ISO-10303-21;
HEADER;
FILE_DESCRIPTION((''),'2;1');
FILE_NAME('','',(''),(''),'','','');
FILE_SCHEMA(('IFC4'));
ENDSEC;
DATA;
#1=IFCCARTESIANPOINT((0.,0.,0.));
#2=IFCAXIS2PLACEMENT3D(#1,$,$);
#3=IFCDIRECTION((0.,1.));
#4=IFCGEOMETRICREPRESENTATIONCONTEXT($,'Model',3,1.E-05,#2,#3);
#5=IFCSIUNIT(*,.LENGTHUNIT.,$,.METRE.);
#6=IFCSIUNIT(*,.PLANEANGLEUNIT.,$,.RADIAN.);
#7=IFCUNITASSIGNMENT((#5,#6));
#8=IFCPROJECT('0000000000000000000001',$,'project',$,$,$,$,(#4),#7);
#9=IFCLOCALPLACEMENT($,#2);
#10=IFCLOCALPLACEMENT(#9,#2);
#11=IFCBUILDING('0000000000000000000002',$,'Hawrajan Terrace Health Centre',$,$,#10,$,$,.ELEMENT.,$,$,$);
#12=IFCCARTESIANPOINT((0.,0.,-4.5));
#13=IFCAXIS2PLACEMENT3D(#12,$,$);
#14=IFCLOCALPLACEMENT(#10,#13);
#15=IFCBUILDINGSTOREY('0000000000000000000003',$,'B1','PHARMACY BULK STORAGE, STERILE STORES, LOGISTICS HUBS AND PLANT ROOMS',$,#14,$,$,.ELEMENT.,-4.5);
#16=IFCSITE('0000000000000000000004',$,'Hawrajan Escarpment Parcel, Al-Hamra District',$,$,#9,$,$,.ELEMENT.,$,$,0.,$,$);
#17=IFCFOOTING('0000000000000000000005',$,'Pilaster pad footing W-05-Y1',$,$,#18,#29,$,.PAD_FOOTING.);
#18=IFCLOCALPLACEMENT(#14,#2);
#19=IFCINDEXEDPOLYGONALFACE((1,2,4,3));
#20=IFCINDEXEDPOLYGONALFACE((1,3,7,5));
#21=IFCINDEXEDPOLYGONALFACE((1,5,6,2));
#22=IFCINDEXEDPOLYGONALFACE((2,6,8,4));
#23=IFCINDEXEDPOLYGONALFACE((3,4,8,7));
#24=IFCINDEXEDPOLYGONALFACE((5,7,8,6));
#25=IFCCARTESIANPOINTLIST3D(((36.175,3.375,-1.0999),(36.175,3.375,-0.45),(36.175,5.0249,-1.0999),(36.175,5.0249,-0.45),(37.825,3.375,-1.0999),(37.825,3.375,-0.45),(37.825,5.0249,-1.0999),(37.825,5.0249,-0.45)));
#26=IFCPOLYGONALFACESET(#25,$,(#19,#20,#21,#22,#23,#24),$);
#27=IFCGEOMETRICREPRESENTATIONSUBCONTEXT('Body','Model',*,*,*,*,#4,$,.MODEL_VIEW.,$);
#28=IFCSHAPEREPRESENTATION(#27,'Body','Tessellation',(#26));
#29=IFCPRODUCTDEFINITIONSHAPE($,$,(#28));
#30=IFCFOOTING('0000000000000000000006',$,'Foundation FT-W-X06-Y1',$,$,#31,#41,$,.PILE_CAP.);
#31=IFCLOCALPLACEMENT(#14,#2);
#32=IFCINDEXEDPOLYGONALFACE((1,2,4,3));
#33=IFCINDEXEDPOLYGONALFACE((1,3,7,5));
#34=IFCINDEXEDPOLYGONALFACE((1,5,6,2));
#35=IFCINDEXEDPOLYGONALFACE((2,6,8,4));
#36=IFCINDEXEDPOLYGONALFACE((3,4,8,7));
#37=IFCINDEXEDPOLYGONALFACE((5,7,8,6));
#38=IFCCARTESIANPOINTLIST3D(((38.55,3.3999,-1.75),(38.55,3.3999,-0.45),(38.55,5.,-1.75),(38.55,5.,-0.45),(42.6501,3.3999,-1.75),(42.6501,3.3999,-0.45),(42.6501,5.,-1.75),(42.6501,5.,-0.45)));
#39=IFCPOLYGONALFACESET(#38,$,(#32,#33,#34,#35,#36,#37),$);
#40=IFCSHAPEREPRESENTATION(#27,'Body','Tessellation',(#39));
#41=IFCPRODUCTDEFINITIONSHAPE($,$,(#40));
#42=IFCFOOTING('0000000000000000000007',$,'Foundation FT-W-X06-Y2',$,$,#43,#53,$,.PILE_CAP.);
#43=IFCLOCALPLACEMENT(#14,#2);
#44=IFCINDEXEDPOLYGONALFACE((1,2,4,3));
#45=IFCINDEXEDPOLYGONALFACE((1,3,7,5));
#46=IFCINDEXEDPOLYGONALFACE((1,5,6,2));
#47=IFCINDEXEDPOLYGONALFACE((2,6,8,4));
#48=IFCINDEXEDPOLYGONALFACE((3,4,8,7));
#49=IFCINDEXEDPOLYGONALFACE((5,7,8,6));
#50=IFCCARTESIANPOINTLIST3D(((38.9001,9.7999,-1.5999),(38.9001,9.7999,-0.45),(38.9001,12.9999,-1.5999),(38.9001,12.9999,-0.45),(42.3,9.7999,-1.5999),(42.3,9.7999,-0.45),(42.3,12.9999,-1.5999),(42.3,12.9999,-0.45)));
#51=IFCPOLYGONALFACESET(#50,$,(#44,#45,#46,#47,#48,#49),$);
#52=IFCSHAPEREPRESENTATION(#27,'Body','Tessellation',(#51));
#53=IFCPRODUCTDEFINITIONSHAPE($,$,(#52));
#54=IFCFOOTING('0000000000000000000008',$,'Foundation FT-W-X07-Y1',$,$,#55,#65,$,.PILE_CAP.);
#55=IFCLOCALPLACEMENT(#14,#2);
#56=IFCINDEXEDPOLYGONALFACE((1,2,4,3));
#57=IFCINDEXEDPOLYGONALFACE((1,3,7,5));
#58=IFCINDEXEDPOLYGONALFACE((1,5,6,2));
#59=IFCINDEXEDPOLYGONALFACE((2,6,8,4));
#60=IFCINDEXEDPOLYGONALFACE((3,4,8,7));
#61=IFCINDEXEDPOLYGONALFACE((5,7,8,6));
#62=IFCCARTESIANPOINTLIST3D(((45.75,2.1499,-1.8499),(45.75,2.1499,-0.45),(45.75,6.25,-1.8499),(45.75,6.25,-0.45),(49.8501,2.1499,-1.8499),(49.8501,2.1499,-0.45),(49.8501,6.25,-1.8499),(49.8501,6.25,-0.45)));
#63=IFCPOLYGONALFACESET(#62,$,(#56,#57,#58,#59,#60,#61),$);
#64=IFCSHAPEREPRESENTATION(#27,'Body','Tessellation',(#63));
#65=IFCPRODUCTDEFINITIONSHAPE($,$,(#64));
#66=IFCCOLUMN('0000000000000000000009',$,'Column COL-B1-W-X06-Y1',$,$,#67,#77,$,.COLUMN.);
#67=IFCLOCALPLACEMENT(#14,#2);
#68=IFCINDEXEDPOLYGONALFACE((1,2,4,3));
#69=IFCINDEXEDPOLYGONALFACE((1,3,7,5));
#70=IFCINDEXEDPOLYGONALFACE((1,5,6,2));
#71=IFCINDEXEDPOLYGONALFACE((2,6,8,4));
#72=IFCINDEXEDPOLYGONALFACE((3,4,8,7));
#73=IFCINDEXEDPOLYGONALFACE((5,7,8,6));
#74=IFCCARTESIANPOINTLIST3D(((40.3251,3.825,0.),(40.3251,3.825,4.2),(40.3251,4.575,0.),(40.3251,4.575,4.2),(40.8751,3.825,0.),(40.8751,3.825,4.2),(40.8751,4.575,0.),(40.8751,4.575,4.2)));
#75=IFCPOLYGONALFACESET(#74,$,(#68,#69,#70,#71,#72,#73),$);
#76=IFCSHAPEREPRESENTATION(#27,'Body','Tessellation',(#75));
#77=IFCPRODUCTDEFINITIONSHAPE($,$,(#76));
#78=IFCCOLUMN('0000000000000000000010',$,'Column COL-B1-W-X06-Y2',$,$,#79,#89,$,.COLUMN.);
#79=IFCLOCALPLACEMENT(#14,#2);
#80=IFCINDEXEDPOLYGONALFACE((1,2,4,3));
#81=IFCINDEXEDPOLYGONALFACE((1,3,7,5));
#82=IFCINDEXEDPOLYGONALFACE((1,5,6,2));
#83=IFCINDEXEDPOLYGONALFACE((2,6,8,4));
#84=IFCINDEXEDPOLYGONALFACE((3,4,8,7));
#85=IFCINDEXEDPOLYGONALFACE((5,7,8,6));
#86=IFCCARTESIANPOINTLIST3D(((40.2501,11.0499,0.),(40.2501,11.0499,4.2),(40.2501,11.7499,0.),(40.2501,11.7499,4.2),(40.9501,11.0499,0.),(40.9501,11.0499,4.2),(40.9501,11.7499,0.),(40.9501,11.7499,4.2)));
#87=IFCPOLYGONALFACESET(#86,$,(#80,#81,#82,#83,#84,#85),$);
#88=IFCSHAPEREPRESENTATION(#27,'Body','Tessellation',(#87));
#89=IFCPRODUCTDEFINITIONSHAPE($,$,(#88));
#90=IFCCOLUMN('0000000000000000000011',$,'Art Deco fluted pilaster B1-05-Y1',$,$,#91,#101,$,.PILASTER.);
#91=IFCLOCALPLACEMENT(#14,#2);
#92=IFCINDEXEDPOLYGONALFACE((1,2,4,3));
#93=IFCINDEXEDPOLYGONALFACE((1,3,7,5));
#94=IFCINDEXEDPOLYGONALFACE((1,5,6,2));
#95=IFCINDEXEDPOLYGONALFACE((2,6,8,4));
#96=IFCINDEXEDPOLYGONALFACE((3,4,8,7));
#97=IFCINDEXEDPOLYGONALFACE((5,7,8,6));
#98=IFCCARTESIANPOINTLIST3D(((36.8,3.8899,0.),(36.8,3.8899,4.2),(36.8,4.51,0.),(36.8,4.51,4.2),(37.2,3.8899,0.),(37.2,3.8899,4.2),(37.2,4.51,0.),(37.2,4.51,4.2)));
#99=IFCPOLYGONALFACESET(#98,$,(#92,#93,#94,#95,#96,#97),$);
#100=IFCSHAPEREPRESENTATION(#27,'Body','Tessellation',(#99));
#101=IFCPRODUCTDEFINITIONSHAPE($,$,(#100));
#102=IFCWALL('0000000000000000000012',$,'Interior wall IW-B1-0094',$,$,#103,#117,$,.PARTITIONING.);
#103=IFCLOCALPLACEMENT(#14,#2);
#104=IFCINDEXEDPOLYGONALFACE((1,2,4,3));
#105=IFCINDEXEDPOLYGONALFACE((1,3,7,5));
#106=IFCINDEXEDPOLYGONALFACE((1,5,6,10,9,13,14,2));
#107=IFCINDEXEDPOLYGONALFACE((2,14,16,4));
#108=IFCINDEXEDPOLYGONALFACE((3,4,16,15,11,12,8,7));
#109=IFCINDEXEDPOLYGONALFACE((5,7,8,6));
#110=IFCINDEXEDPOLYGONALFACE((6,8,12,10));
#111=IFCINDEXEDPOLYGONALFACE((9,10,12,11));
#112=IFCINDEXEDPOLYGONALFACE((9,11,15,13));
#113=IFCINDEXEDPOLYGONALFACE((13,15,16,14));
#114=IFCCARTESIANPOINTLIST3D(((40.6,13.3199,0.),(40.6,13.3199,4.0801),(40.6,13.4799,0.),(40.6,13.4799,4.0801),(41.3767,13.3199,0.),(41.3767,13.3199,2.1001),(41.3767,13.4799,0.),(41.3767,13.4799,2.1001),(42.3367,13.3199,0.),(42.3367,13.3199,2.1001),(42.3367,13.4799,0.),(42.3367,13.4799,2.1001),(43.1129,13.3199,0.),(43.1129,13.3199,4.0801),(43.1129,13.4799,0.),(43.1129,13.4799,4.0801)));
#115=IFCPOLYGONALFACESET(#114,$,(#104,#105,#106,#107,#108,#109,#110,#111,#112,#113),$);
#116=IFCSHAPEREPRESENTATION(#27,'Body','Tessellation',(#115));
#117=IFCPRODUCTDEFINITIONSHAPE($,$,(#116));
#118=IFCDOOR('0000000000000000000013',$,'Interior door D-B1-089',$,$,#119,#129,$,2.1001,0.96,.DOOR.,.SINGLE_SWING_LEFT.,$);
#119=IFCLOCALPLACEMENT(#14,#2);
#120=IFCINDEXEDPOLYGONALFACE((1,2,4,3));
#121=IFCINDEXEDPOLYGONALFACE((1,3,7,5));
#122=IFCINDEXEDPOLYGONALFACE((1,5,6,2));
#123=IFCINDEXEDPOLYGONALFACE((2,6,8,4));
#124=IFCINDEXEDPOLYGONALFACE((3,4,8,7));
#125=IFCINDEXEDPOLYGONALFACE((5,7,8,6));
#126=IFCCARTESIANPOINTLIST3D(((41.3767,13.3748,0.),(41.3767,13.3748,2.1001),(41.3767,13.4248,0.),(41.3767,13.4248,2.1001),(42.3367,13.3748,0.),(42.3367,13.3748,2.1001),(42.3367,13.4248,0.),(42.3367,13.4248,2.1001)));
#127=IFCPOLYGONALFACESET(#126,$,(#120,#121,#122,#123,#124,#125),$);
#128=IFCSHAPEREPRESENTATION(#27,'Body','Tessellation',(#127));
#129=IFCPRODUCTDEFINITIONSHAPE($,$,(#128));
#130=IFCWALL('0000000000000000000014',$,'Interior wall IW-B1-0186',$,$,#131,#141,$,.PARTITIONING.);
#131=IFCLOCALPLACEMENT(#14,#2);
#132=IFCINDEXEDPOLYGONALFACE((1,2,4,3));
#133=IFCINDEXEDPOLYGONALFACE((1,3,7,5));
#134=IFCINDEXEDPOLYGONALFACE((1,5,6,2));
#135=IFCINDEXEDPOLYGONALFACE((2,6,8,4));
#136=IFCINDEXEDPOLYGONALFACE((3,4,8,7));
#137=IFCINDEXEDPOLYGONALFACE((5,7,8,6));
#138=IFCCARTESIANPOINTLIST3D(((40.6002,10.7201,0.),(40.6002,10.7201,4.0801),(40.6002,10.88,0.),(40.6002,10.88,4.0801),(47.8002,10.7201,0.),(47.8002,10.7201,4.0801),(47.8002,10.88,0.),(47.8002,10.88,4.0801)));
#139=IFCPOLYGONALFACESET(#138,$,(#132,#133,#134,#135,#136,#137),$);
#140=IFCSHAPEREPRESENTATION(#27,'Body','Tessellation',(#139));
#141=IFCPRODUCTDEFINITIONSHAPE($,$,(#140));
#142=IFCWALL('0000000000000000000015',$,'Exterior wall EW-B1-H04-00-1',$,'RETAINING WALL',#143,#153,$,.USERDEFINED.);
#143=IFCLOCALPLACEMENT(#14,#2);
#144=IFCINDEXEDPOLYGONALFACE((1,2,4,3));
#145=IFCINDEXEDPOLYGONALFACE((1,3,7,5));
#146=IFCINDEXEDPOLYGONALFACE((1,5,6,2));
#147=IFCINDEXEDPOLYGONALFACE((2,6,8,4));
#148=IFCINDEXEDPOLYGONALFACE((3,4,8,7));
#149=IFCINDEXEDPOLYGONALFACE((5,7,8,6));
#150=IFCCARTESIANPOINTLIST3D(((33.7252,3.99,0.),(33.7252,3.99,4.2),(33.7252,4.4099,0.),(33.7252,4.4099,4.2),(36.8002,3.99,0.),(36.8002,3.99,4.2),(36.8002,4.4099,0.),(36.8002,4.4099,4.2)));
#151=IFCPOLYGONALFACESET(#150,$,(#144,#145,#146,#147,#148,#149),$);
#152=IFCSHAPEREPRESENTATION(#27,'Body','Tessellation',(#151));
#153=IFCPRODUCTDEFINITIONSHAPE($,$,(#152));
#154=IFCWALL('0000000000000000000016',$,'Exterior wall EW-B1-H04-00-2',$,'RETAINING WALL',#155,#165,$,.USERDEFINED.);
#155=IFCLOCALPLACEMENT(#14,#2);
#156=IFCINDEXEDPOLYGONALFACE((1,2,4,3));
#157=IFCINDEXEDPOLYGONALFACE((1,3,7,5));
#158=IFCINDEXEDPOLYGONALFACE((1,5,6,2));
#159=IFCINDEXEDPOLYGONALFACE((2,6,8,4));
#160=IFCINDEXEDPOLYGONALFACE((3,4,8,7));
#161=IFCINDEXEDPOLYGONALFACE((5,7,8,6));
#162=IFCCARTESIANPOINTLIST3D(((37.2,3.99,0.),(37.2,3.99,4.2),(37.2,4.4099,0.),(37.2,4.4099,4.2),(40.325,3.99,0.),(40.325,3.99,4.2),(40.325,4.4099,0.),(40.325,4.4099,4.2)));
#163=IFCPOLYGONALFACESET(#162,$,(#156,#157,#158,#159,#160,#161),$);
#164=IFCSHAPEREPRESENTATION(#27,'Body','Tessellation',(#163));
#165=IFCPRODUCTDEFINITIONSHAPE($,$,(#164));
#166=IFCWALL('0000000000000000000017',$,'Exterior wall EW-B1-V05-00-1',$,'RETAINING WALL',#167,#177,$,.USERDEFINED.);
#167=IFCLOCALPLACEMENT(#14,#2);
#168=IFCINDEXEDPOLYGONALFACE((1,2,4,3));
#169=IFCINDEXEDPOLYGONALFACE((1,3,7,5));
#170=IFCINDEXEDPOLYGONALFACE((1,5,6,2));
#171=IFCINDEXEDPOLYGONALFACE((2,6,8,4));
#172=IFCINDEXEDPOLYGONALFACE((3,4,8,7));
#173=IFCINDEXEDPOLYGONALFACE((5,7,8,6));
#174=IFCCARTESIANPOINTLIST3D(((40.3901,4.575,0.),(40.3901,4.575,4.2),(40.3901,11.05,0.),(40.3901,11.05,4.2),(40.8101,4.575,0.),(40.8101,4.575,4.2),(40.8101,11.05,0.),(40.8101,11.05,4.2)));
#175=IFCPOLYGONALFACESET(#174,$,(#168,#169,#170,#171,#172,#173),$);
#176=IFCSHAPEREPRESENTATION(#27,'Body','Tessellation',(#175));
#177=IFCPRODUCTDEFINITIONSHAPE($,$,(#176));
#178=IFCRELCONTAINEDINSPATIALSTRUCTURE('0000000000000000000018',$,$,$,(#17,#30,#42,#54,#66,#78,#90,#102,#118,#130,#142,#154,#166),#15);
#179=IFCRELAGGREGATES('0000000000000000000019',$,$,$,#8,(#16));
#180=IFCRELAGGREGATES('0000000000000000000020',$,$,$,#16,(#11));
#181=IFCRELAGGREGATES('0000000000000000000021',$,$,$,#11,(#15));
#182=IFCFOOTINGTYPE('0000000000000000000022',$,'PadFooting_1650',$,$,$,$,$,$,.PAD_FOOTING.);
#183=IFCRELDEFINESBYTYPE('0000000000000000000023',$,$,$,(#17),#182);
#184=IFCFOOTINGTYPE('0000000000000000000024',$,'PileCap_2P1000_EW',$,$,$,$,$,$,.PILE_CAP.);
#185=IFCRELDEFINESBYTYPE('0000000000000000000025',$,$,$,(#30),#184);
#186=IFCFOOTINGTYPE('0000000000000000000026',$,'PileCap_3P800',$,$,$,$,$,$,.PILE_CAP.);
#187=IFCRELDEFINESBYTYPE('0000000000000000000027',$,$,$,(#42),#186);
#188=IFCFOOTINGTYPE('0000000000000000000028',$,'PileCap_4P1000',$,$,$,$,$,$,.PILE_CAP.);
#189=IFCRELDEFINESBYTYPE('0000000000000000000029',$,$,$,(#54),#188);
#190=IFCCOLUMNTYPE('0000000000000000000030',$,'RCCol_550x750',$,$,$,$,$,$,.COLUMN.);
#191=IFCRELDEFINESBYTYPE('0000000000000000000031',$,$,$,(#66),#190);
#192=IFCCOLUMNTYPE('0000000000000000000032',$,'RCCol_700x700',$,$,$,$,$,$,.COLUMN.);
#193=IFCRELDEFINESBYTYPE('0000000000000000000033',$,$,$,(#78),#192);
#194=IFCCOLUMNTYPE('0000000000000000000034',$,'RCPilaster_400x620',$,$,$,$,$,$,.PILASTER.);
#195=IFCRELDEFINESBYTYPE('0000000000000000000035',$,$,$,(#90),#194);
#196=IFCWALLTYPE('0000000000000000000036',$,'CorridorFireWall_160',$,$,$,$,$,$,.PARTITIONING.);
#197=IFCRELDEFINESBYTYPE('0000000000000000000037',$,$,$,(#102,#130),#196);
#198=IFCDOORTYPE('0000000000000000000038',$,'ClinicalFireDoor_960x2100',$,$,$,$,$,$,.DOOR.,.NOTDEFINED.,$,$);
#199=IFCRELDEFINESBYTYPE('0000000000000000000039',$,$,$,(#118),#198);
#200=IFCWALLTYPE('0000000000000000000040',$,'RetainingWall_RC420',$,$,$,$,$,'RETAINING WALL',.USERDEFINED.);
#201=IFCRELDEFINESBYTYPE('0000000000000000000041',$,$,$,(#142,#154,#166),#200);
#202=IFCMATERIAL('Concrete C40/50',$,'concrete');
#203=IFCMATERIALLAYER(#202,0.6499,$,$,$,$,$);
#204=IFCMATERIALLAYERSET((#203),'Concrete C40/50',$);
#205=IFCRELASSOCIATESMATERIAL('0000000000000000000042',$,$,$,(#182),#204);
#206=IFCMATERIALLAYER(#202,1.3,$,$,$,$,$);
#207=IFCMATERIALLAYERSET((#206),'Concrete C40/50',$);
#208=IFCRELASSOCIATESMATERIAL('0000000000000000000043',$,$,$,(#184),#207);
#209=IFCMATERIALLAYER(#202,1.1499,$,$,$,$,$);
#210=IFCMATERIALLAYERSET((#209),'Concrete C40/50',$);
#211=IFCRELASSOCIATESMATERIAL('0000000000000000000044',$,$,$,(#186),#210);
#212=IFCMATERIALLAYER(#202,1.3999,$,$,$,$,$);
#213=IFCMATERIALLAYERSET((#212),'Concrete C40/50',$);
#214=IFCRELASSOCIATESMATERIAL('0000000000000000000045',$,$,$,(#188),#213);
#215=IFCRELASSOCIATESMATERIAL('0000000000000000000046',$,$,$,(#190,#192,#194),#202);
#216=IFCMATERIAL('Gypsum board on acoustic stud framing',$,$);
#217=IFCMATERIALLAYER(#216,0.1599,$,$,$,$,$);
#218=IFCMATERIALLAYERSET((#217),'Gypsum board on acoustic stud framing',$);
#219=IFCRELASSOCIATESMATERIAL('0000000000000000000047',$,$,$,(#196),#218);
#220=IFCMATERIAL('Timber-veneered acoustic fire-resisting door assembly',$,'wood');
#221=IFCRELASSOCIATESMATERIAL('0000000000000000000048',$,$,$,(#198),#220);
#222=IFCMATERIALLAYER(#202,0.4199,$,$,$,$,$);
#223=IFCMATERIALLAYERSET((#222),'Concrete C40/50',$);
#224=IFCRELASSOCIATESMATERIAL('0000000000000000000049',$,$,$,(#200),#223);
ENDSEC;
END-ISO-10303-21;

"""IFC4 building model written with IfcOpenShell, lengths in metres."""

from ifc_helpers import new_model, si_unit, direction, frame, frame_2d, origin, origin_2d, place, context, subcontext, project, spatial, rectangle, extrude, material, layer, layer_set, material_profile, profile_set, type_object, element, fill, save


model = new_model("IFC4")

# Units and contexts
model_context = context("Model", 3, precision=1e-05, world=origin(), true_north=direction((0.0, 1.0)))
body_context = subcontext(model_context, "Body", "Model", "MODEL_VIEW")
ifc_project = project(units=[si_unit("LENGTHUNIT", "METRE"), si_unit("PLANEANGLEUNIT", "RADIAN")], contexts=[model_context])

# Site, building, storey
site_placement = place(None, origin())
site = spatial("IfcSite", under=ifc_project, at=site_placement, Name="Hawrajan Escarpment Parcel, Al-Hamra District", CompositionType="ELEMENT", RefElevation=0.0)
building_placement = place(site_placement, origin())
building = spatial("IfcBuilding", under=site, at=building_placement, Name="Hawrajan Terrace Health Centre", CompositionType="ELEMENT")
storey_placement = place(building_placement, frame((0.0, 0.0, -4.5)))
storey = spatial("IfcBuildingStorey", under=building, at=storey_placement, Name="B1", Description="PHARMACY BULK STORAGE, STERILE STORES, LOGISTICS HUBS AND PLANT ROOMS", CompositionType="ELEMENT", Elevation=-4.5)

# Shared definitions
ifc_material_1 = material(Name="Concrete C40/50", Category="concrete")

# Footings
ifc_layer_1 = layer(ifc_material_1, 0.6499)
ifc_layer_set_1 = layer_set([ifc_layer_1], Name="Concrete C40/50")
footing_type_1 = type_object("IfcFootingType", Name="PadFooting_1650", PredefinedType="PAD_FOOTING", material=ifc_layer_set_1)
footing_1_placement = place(storey_placement, frame((37.0, 4.2, -1.0999), z_axis=(0.0, 0.0, 1.0), x_axis=(1.0, 0.0, 0.0)))
element("IfcFooting", 1, at=footing_1_placement, inside=storey, type_object=footing_type_1, Name="Pilaster pad footing W-05-Y1", PredefinedType="PAD_FOOTING", context=body_context, shape_type="SweptSolid", body=[
    extrude(rectangle(XDim=1.6499, YDim=1.6499, at=origin_2d()), origin(), (0.0, 0.0, 1.0), 0.6499),
])
ifc_layer_2 = layer(ifc_material_1, 1.3)
ifc_layer_set_2 = layer_set([ifc_layer_2], Name="Concrete C40/50")
footing_type_2 = type_object("IfcFootingType", Name="PileCap_2P1000_EW", PredefinedType="PILE_CAP", material=ifc_layer_set_2)
footing_2_placement = place(storey_placement, frame((40.6001, 4.2, -1.75), z_axis=(0.0, 0.0, 1.0), x_axis=(1.0, 0.0, 0.0)))
element("IfcFooting", 2, at=footing_2_placement, inside=storey, type_object=footing_type_2, Name="Foundation FT-W-X06-Y1", PredefinedType="PILE_CAP", context=body_context, shape_type="SweptSolid", body=[
    extrude(rectangle(XDim=4.1001, YDim=1.6001, at=origin_2d()), origin(), (0.0, 0.0, 1.0), 1.3),
])
ifc_layer_3 = layer(ifc_material_1, 1.1499)
ifc_layer_set_3 = layer_set([ifc_layer_3], Name="Concrete C40/50")
footing_type_3 = type_object("IfcFootingType", Name="PileCap_3P800", PredefinedType="PILE_CAP", material=ifc_layer_set_3)
footing_3_placement = place(storey_placement, frame((40.6001, 11.3999, -1.5999), z_axis=(0.0, 0.0, 1.0), x_axis=(1.0, 0.0, 0.0)))
element("IfcFooting", 3, at=footing_3_placement, inside=storey, type_object=footing_type_3, Name="Foundation FT-W-X06-Y2", PredefinedType="PILE_CAP", context=body_context, shape_type="SweptSolid", body=[
    extrude(rectangle(XDim=3.3999, YDim=3.2, at=origin_2d()), origin(), (0.0, 0.0, 1.0), 1.1499),
])
ifc_layer_4 = layer(ifc_material_1, 1.3999)
ifc_layer_set_4 = layer_set([ifc_layer_4], Name="Concrete C40/50")
footing_type_4 = type_object("IfcFootingType", Name="PileCap_4P1000", PredefinedType="PILE_CAP", material=ifc_layer_set_4)
footing_4_placement = place(storey_placement, frame((47.8, 4.2, -1.8499), z_axis=(0.0, 0.0, 1.0), x_axis=(1.0, 0.0, 0.0)))
element("IfcFooting", 4, at=footing_4_placement, inside=storey, type_object=footing_type_4, Name="Foundation FT-W-X07-Y1", PredefinedType="PILE_CAP", context=body_context, shape_type="SweptSolid", body=[
    extrude(rectangle(XDim=4.1001, YDim=4.1001, at=origin_2d()), origin(), (0.0, 0.0, 1.0), 1.3999),
])

# Columns
ifc_material_profile_1 = material_profile(ifc_material_1, rectangle(XDim=0.55, YDim=0.75, at=origin_2d()), Name="RC 550x750")
ifc_profile_set_1 = profile_set([ifc_material_profile_1], Name="Concrete C40/50")
column_type_1 = type_object("IfcColumnType", Name="RCCol_550x750", PredefinedType="COLUMN", material=ifc_profile_set_1)
column_1_placement = place(storey_placement, frame((40.6001, 4.2, 0.0), z_axis=(0.0, 0.0, 1.0), x_axis=(1.0, 0.0, 0.0)))
element("IfcColumn", 5, at=column_1_placement, inside=storey, type_object=column_type_1, Name="Column COL-B1-W-X06-Y1", PredefinedType="COLUMN", context=body_context, shape_type="SweptSolid", body=[
    extrude(rectangle(XDim=0.55, YDim=0.75, at=origin_2d()), origin(), (0.0, 0.0, 1.0), 4.2),
])
ifc_material_profile_2 = material_profile(ifc_material_1, rectangle(XDim=0.7, YDim=0.7, at=origin_2d()), Name="RC 700x700")
ifc_profile_set_2 = profile_set([ifc_material_profile_2], Name="Concrete C40/50")
column_type_2 = type_object("IfcColumnType", Name="RCCol_700x700", PredefinedType="COLUMN", material=ifc_profile_set_2)
column_2_placement = place(storey_placement, frame((40.6001, 11.3999, 0.0), z_axis=(0.0, 0.0, 1.0), x_axis=(1.0, 0.0, 0.0)))
element("IfcColumn", 6, at=column_2_placement, inside=storey, type_object=column_type_2, Name="Column COL-B1-W-X06-Y2", PredefinedType="COLUMN", context=body_context, shape_type="SweptSolid", body=[
    extrude(rectangle(XDim=0.7, YDim=0.7, at=origin_2d()), origin(), (0.0, 0.0, 1.0), 4.2),
])
ifc_material_profile_3 = material_profile(ifc_material_1, rectangle(XDim=0.3999, YDim=0.6201, at=origin_2d()), Name="RC PIL 400x620")
ifc_profile_set_3 = profile_set([ifc_material_profile_3], Name="Concrete C40/50")
column_type_3 = type_object("IfcColumnType", Name="RCPilaster_400x620", PredefinedType="PILASTER", material=ifc_profile_set_3)
column_3_placement = place(storey_placement, frame((37.0, 4.2, 0.0), z_axis=(0.0, 0.0, 1.0), x_axis=(1.0, 0.0, 0.0)))
element("IfcColumn", 7, at=column_3_placement, inside=storey, type_object=column_type_3, Name="Art Deco fluted pilaster B1-05-Y1", PredefinedType="PILASTER", context=body_context, shape_type="SweptSolid", body=[
    extrude(rectangle(XDim=0.3999, YDim=0.6201, at=origin_2d()), origin(), (0.0, 0.0, 1.0), 4.2),
])

# Wall, opening, door
ifc_material_2 = material(Name="Gypsum board on acoustic stud framing")
ifc_layer_5 = layer(ifc_material_2, 0.1599)
ifc_layer_set_5 = layer_set([ifc_layer_5], Name="Gypsum board on acoustic stud framing")
wall_type_1 = type_object("IfcWallType", Name="CorridorFireWall_160", PredefinedType="PARTITIONING", material=ifc_layer_set_5)
wall_1_placement = place(storey_placement, frame((40.6001, 13.3999, 0.0), z_axis=(0.0, 0.0, 1.0), x_axis=(1.0, 0.0, 0.0)))
wall_1 = element("IfcWall", 8, at=wall_1_placement, inside=storey, type_object=wall_type_1, Name="Interior wall IW-B1-0094", PredefinedType="PARTITIONING", context=body_context, shape_type="SweptSolid", body=[
    extrude(rectangle(XDim=2.5129, YDim=0.1599, at=frame_2d((1.2563, 0.0))), origin(), (0.0, 0.0, 1.0), 4.0801),
])
opening_placement = place(wall_1_placement, frame((0.7766, 0.0, 0.0)))
opening = element("IfcOpeningElement", 9, at=opening_placement, cuts=wall_1, PredefinedType="OPENING", context=body_context, shape_type="SweptSolid", body=[
    extrude(rectangle(XDim=0.96, YDim=2.1001, at=frame_2d((0.48, 1.05))), frame((0.0, 0.0898, 0.0), z_axis=(0.0, -1.0, 0.0), x_axis=(1.0, 0.0, 0.0)), (0.0, 0.0, 1.0), 0.1799),
])
ifc_material_3 = material(Name="Timber-veneered acoustic fire-resisting door assembly", Category="wood")
door_type = type_object("IfcDoorType", Name="ClinicalFireDoor_960x2100", OperationType="NOTDEFINED", PredefinedType="DOOR", material=ifc_material_3)
door_placement = place(opening_placement, origin())
door = element("IfcDoor", 10, at=door_placement, inside=storey, type_object=door_type, Name="Interior door D-B1-089", OperationType="SINGLE_SWING_LEFT", OverallHeight=2.1001, OverallWidth=0.96, PredefinedType="DOOR", context=body_context, shape_type="SweptSolid", body=[
    extrude(rectangle(XDim=0.96, YDim=2.1001, at=frame_2d((0.48, 1.05))), frame((0.0, 0.0249, 0.0), z_axis=(0.0, -1.0, 0.0), x_axis=(1.0, 0.0, 0.0)), (0.0, 0.0, 1.0), 0.05),
])
fill(opening, door)

# Walls
wall_2_placement = place(storey_placement, frame((40.6001, 10.8, 0.0), z_axis=(0.0, 0.0, 1.0), x_axis=(1.0, 0.0, 0.0)))
element("IfcWall", 11, at=wall_2_placement, inside=storey, type_object=wall_type_1, Name="Interior wall IW-B1-0186", PredefinedType="PARTITIONING", context=body_context, shape_type="SweptSolid", body=[
    extrude(rectangle(XDim=7.2, YDim=0.1599, at=frame_2d((3.6001, 0.0))), origin(), (0.0, 0.0, 1.0), 4.0801),
])
ifc_layer_6 = layer(ifc_material_1, 0.4199)
ifc_layer_set_6 = layer_set([ifc_layer_6], Name="Concrete C40/50")
wall_type_2 = type_object("IfcWallType", Name="RetainingWall_RC420", ElementType="RETAINING WALL", PredefinedType="USERDEFINED", material=ifc_layer_set_6)
wall_3_placement = place(storey_placement, frame((33.7251, 4.2, 0.0), z_axis=(0.0, 0.0, 1.0), x_axis=(1.0, 0.0, 0.0)))
element("IfcWall", 12, at=wall_3_placement, inside=storey, type_object=wall_type_2, Name="Exterior wall EW-B1-H04-00-1", ObjectType="RETAINING WALL", PredefinedType="USERDEFINED", context=body_context, shape_type="SweptSolid", body=[
    extrude(rectangle(XDim=3.075, YDim=0.4199, at=frame_2d((1.5376, 0.0))), origin(), (0.0, 0.0, 1.0), 4.2),
])
wall_4_placement = place(storey_placement, frame((37.2, 4.2, 0.0), z_axis=(0.0, 0.0, 1.0), x_axis=(1.0, 0.0, 0.0)))
element("IfcWall", 13, at=wall_4_placement, inside=storey, type_object=wall_type_2, Name="Exterior wall EW-B1-H04-00-2", ObjectType="RETAINING WALL", PredefinedType="USERDEFINED", context=body_context, shape_type="SweptSolid", body=[
    extrude(rectangle(XDim=3.125, YDim=0.4199, at=frame_2d((1.5625, 0.0))), origin(), (0.0, 0.0, 1.0), 4.2),
])
wall_5_placement = place(storey_placement, frame((40.6001, 4.575, 0.0), z_axis=(0.0, 0.0, 1.0), x_axis=(0.0, 1.0, 0.0)))
element("IfcWall", 14, at=wall_5_placement, inside=storey, type_object=wall_type_2, Name="Exterior wall EW-B1-V05-00-1", ObjectType="RETAINING WALL", PredefinedType="USERDEFINED", context=body_context, shape_type="SweptSolid", body=[
    extrude(rectangle(XDim=6.4751, YDim=0.4199, at=frame_2d((3.2375, 0.0))), origin(), (0.0, 0.0, 1.0), 4.2),
])

save(model, "model.ifc")
